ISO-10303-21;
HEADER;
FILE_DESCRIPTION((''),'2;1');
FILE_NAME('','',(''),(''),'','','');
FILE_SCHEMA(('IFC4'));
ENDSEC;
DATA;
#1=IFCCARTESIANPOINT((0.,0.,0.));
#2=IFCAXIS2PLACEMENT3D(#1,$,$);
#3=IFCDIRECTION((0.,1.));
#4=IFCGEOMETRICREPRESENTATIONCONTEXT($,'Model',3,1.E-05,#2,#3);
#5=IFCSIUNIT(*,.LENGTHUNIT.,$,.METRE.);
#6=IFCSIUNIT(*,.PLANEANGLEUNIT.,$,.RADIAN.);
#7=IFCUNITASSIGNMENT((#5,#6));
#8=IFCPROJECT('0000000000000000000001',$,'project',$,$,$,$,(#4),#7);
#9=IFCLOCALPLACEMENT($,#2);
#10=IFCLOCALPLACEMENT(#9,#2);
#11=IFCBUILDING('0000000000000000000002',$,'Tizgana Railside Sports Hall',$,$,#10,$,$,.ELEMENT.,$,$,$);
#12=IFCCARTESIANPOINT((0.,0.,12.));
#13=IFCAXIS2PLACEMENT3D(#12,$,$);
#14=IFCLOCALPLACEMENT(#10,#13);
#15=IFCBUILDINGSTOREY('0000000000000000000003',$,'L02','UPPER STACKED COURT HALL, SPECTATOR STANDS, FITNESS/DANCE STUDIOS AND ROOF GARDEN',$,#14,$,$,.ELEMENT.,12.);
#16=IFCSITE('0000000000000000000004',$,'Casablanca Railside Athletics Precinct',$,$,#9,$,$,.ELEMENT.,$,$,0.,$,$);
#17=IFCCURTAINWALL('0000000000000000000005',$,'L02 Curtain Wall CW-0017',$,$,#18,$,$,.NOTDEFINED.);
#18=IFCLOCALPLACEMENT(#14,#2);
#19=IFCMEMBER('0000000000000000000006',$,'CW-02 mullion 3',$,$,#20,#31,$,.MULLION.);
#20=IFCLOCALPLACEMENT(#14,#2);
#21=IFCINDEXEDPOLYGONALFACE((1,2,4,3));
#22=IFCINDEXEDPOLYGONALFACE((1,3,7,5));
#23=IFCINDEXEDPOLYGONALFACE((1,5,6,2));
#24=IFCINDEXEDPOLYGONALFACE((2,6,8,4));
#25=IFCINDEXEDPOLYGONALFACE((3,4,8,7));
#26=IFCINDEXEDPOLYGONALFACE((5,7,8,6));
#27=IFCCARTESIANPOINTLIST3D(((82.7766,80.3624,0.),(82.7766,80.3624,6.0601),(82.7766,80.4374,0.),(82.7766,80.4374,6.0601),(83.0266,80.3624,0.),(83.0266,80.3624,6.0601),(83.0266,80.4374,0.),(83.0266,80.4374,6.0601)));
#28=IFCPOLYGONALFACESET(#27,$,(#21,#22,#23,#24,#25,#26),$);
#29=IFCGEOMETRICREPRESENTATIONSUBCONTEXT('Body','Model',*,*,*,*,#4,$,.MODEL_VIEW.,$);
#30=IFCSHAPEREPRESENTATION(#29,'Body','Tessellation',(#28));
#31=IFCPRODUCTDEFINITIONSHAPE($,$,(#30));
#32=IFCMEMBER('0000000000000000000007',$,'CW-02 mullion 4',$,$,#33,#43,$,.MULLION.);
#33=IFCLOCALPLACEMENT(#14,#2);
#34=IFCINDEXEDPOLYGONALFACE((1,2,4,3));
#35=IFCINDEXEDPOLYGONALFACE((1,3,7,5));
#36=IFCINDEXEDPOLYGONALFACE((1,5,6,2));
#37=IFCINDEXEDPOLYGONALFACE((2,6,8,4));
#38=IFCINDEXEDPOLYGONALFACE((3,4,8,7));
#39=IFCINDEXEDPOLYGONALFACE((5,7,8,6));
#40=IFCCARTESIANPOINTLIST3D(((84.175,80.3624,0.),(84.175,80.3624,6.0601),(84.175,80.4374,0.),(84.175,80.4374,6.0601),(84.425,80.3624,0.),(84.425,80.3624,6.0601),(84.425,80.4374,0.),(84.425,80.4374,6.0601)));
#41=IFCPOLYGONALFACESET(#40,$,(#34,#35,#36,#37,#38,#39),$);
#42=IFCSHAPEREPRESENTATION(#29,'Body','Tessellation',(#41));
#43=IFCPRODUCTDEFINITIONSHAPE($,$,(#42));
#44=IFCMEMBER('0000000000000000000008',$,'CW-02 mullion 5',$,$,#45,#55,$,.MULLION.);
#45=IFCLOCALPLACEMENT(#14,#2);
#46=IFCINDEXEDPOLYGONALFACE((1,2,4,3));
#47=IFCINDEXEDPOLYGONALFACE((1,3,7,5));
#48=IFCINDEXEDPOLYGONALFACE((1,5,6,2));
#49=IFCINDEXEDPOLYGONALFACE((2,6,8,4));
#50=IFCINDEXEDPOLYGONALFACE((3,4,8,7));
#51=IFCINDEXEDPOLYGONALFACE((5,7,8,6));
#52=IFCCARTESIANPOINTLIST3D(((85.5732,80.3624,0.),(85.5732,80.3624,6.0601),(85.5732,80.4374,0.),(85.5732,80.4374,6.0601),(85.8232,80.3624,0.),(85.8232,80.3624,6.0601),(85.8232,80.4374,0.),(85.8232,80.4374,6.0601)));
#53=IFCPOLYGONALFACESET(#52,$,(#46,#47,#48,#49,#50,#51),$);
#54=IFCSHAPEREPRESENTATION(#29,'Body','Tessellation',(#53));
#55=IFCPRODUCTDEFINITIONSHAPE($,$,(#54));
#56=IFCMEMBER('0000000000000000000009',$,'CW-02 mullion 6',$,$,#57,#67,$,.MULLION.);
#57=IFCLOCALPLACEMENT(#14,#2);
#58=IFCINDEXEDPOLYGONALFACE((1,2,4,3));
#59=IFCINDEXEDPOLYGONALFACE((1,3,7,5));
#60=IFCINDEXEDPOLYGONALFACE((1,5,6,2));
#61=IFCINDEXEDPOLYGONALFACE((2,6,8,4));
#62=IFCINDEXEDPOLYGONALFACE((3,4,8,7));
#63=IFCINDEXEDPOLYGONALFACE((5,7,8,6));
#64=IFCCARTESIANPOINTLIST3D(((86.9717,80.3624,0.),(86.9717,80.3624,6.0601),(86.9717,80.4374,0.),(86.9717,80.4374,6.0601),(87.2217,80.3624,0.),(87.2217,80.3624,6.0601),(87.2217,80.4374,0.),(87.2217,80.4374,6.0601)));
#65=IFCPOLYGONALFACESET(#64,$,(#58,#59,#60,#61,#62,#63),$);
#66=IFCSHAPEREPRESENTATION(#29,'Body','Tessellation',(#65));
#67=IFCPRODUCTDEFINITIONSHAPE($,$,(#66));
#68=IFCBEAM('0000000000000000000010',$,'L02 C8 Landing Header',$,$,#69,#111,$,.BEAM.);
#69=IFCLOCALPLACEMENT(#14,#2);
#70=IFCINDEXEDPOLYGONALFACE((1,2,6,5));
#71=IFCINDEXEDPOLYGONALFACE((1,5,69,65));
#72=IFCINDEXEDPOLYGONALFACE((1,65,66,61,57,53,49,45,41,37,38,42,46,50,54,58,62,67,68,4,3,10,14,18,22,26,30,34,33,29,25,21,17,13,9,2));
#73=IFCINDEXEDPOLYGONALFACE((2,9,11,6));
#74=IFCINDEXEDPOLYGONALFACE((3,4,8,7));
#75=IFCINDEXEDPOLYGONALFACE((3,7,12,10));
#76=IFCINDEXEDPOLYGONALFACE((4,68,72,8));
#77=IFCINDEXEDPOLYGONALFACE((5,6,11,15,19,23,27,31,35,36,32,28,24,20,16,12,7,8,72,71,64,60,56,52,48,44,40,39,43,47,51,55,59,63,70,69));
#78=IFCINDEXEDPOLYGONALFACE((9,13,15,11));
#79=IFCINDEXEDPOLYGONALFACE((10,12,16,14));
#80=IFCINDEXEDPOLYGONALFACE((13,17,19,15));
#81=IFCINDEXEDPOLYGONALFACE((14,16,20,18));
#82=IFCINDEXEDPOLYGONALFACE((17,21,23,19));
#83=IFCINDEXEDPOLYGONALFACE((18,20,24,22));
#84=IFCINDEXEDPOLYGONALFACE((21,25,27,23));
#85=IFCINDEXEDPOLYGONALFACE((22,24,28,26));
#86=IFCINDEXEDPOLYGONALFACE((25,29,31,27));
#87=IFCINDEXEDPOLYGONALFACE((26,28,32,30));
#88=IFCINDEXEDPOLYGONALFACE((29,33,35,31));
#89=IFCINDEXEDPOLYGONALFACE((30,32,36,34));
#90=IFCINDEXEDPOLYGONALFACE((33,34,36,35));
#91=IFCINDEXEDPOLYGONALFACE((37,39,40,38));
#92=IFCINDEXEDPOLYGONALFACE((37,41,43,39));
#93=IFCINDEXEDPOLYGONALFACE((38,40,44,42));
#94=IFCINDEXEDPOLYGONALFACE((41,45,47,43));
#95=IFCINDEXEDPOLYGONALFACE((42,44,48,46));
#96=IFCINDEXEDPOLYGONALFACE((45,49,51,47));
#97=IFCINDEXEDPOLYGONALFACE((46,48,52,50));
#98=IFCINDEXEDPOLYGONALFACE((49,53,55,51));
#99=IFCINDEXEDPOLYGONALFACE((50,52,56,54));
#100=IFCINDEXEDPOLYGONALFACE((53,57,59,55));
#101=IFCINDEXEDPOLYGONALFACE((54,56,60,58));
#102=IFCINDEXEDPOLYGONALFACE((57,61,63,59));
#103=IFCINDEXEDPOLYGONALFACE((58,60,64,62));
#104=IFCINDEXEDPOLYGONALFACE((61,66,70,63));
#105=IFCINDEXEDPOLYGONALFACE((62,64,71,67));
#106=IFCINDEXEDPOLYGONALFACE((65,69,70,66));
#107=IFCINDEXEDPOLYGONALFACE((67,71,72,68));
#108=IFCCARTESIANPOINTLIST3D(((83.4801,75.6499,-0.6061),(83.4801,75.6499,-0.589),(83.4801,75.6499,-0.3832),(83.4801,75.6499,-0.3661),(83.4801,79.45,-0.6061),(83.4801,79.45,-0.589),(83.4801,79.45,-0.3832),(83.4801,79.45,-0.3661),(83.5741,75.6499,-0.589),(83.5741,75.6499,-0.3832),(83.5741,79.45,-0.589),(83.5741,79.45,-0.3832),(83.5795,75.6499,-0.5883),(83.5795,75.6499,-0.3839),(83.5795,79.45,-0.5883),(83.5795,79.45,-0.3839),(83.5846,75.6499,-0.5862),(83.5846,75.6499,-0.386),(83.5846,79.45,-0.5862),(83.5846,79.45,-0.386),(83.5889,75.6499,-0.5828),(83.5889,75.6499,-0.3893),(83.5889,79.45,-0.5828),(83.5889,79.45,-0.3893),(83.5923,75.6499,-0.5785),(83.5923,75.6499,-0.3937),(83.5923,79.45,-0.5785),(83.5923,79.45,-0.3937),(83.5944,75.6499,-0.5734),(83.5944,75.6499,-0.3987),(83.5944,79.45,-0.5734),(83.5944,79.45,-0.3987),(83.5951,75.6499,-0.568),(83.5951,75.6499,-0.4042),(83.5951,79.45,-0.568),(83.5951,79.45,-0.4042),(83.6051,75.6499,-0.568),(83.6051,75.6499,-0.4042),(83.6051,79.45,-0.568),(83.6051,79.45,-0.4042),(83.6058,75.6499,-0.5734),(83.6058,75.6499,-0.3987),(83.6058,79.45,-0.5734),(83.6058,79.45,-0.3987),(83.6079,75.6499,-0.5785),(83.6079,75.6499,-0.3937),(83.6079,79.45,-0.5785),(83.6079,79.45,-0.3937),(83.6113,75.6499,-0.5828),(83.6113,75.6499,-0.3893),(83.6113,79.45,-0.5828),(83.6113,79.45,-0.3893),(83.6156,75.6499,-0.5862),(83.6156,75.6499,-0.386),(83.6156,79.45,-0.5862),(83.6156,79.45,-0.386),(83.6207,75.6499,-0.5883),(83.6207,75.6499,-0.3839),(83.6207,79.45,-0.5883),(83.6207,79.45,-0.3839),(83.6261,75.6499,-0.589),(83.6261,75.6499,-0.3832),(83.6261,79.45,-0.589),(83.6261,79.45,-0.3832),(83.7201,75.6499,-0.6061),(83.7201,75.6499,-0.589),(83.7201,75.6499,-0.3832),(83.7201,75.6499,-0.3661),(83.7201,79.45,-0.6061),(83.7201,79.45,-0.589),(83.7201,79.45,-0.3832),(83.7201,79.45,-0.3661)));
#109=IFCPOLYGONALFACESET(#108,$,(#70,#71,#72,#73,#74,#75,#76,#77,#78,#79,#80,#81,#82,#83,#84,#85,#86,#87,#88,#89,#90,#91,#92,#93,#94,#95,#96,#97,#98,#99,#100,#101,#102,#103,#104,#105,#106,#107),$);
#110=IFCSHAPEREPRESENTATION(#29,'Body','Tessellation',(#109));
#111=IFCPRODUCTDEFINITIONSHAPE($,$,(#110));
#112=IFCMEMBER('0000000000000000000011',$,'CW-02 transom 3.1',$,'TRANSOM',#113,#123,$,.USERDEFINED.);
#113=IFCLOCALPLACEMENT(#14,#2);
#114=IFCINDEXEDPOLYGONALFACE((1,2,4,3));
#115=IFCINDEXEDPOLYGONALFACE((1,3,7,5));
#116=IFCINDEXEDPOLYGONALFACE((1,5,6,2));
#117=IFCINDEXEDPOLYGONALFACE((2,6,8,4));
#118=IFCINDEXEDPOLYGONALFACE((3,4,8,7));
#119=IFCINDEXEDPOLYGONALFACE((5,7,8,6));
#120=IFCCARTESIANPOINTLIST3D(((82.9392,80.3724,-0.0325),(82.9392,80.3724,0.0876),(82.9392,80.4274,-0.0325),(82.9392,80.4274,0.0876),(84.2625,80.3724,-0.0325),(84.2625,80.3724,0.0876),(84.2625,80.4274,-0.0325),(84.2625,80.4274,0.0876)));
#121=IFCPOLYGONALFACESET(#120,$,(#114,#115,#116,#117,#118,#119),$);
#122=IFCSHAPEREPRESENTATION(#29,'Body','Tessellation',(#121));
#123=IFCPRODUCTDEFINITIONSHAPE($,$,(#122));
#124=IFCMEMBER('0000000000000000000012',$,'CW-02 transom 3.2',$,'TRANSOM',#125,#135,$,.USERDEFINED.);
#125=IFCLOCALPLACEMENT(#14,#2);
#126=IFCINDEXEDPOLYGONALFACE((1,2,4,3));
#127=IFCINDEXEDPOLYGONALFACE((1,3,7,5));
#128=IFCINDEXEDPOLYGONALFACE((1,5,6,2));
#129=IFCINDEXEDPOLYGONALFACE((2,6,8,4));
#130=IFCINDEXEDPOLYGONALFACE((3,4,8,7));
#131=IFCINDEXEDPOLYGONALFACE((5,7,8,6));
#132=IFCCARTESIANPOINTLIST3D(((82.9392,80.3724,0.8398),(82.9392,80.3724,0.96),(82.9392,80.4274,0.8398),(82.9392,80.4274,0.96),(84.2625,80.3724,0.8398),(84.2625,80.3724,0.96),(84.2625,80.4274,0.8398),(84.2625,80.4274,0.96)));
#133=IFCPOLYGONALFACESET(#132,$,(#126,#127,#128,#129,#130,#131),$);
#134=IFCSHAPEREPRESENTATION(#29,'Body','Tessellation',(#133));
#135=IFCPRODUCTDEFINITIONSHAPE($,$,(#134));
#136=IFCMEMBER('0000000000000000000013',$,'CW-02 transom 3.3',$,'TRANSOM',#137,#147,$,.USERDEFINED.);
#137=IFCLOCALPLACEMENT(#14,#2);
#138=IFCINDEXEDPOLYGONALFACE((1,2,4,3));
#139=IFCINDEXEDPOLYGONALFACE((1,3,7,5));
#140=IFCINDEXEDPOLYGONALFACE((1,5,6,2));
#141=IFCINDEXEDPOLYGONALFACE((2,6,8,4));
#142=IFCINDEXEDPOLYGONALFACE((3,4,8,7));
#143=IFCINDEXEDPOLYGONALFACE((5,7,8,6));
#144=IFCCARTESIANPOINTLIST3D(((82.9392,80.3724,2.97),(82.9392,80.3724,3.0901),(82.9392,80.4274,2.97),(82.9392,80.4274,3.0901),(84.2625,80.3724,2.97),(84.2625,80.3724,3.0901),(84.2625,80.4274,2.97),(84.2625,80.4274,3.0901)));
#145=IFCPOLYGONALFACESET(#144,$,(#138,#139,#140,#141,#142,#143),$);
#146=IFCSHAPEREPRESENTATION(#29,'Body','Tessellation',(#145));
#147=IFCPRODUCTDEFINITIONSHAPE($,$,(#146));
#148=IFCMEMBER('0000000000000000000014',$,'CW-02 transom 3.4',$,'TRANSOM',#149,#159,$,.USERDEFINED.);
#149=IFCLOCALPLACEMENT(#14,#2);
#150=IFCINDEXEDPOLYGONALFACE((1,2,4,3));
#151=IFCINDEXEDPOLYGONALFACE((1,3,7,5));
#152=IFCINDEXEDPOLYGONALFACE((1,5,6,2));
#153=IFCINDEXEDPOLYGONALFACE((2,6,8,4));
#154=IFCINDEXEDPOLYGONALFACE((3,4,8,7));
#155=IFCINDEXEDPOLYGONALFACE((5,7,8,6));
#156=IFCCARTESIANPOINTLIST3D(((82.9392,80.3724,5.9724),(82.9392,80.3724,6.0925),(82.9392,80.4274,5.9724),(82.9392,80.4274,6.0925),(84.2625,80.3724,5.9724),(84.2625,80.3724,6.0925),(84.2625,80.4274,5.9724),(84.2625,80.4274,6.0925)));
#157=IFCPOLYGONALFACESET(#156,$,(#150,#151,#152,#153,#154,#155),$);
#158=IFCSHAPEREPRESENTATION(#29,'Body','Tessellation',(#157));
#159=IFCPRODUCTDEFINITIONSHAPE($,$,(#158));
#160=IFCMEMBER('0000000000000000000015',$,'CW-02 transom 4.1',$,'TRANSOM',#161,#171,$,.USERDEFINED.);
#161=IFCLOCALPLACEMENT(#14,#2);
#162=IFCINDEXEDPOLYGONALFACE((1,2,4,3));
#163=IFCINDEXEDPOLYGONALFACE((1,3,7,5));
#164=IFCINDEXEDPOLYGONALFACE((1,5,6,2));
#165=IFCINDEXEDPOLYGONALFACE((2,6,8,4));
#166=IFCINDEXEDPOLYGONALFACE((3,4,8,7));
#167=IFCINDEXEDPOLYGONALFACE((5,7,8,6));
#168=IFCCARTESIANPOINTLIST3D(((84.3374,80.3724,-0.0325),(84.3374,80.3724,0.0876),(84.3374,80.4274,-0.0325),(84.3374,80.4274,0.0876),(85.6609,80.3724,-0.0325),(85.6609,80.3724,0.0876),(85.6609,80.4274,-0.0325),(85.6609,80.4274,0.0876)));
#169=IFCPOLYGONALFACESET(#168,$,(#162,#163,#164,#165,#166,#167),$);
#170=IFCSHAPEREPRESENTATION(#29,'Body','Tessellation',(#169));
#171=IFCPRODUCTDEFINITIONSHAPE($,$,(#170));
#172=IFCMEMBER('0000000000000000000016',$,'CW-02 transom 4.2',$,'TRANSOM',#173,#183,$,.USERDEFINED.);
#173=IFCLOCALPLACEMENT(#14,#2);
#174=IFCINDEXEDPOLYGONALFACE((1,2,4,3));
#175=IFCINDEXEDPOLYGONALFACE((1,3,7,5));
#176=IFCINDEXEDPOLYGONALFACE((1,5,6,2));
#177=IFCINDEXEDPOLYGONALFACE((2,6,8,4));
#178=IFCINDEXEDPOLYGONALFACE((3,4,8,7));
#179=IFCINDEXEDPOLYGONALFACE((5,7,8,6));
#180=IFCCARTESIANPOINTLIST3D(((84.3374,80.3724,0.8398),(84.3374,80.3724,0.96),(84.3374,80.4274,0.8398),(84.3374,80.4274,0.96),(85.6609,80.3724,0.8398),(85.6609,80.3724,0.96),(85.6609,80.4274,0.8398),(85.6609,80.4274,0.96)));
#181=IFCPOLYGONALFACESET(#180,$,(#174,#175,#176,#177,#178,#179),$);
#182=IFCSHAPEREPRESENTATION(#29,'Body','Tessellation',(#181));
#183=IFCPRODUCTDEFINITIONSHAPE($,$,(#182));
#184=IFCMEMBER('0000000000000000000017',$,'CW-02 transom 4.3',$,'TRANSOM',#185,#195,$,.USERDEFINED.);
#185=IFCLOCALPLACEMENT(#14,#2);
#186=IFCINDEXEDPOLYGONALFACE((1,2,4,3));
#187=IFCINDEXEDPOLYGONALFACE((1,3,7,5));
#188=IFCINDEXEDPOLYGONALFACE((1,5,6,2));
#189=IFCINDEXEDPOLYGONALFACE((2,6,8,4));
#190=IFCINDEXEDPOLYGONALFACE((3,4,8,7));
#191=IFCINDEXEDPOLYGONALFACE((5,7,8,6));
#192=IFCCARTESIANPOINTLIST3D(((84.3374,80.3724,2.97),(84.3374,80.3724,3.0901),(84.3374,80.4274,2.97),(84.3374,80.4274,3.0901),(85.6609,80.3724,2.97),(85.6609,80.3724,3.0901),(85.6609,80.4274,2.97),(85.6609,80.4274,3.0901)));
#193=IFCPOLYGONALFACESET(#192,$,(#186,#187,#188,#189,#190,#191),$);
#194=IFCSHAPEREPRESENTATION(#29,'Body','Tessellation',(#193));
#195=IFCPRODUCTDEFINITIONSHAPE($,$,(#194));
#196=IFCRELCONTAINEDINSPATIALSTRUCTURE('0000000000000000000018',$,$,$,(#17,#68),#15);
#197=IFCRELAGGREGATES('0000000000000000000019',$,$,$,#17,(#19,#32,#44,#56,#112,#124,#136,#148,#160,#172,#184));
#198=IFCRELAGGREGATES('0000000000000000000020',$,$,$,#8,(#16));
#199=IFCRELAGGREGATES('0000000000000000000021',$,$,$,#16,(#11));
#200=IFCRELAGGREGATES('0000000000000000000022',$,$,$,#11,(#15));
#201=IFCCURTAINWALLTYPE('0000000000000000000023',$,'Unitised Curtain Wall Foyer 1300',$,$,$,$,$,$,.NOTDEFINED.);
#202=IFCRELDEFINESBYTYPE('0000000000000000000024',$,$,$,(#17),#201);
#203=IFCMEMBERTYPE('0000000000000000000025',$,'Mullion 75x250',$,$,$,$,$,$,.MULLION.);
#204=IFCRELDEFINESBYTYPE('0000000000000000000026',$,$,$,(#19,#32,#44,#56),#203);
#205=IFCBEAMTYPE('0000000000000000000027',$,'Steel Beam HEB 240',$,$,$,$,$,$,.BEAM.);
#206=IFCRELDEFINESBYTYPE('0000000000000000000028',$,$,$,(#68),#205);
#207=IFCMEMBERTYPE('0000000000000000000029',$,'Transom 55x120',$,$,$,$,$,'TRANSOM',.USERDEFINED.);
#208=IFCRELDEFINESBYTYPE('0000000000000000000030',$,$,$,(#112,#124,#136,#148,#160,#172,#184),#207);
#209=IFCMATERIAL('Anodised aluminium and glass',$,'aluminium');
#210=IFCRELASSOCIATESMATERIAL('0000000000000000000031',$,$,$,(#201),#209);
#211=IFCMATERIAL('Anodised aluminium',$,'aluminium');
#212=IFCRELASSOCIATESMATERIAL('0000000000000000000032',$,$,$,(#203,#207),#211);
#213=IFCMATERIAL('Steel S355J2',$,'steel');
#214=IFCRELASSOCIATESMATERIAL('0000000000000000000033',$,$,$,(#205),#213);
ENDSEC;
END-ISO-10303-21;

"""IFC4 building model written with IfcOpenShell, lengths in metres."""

from ifc_helpers import new_model, si_unit, direction, frame, origin, origin_2d, place, context, subcontext, project, spatial, rectangle, i_section, extrude, material, material_profile, profile_set, type_object, element, aggregate, save


model = new_model("IFC4")

# Units and contexts
model_context = context("Model", 3, precision=1e-05, world=origin(), true_north=direction((0.0, 1.0)))
body_context = subcontext(model_context, "Body", "Model", "MODEL_VIEW")
ifc_project = project(units=[si_unit("LENGTHUNIT", "METRE"), si_unit("PLANEANGLEUNIT", "RADIAN")], contexts=[model_context])

# Site, building, storey
site_placement = place(None, origin())
site = spatial("IfcSite", under=ifc_project, at=site_placement, Name="Casablanca Railside Athletics Precinct", CompositionType="ELEMENT", RefElevation=0.0)
building_placement = place(site_placement, origin())
building = spatial("IfcBuilding", under=site, at=building_placement, Name="Tizgana Railside Sports Hall", CompositionType="ELEMENT")
storey_placement = place(building_placement, frame((0.0, 0.0, 12.0)))
storey = spatial("IfcBuildingStorey", under=building, at=storey_placement, Name="L02", Description="UPPER STACKED COURT HALL, SPECTATOR STANDS, FITNESS/DANCE STUDIOS AND ROOF GARDEN", CompositionType="ELEMENT", Elevation=12.0)

# Curtain wall, members
ifc_material_1 = material(Name="Anodised aluminium and glass", Category="aluminium")
curtain_wall_type = type_object("IfcCurtainWallType", Name="Unitised Curtain Wall Foyer 1300", PredefinedType="NOTDEFINED", material=ifc_material_1)
curtain_wall_placement = place(storey_placement, origin())
curtain_wall = element("IfcCurtainWall", 1, at=curtain_wall_placement, inside=storey, type_object=curtain_wall_type, Name="L02 Curtain Wall CW-0017", PredefinedType="NOTDEFINED")
ifc_material_2 = material(Name="Anodised aluminium", Category="aluminium")
ifc_material_profile_1 = material_profile(ifc_material_2, rectangle(XDim=0.075, YDim=0.25, at=origin_2d()), Name="Mullion 75x250")
ifc_profile_set_1 = profile_set([ifc_material_profile_1], Name="Anodised aluminium")
member_type_1 = type_object("IfcMemberType", Name="Mullion 75x250", PredefinedType="MULLION", material=ifc_profile_set_1)
member_1_placement = place(storey_placement, frame((82.9016, 80.3999, 0.0), z_axis=(0.0, 0.0, 1.0), x_axis=(0.0, 1.0, 0.0)))
member_1 = element("IfcMember", 2, at=member_1_placement, type_object=member_type_1, Name="CW-02 mullion 3", PredefinedType="MULLION", context=body_context, shape_type="SweptSolid", body=[
    extrude(rectangle(XDim=0.075, YDim=0.25, at=origin_2d()), origin(), (0.0, 0.0, 1.0), 6.0601),
])
member_2_placement = place(storey_placement, frame((84.3, 80.3999, 0.0), z_axis=(0.0, 0.0, 1.0), x_axis=(0.0, 1.0, 0.0)))
member_2 = element("IfcMember", 3, at=member_2_placement, type_object=member_type_1, Name="CW-02 mullion 4", PredefinedType="MULLION", context=body_context, shape_type="SweptSolid", body=[
    extrude(rectangle(XDim=0.075, YDim=0.25, at=origin_2d()), origin(), (0.0, 0.0, 1.0), 6.0601),
])
member_3_placement = place(storey_placement, frame((85.6982, 80.3999, 0.0), z_axis=(0.0, 0.0, 1.0), x_axis=(0.0, 1.0, 0.0)))
member_3 = element("IfcMember", 4, at=member_3_placement, type_object=member_type_1, Name="CW-02 mullion 5", PredefinedType="MULLION", context=body_context, shape_type="SweptSolid", body=[
    extrude(rectangle(XDim=0.075, YDim=0.25, at=origin_2d()), origin(), (0.0, 0.0, 1.0), 6.0601),
])
member_4_placement = place(storey_placement, frame((87.0967, 80.3999, 0.0), z_axis=(0.0, 0.0, 1.0), x_axis=(0.0, 1.0, 0.0)))
member_4 = element("IfcMember", 5, at=member_4_placement, type_object=member_type_1, Name="CW-02 mullion 6", PredefinedType="MULLION", context=body_context, shape_type="SweptSolid", body=[
    extrude(rectangle(XDim=0.075, YDim=0.25, at=origin_2d()), origin(), (0.0, 0.0, 1.0), 6.0601),
])

# Beam
ifc_material_3 = material(Name="Steel S355J2", Category="steel")
ifc_material_profile_2 = material_profile(ifc_material_3, i_section(OverallWidth=0.24, OverallDepth=0.24, WebThickness=0.01, FlangeThickness=0.0171, FilletRadius=0.021, at=origin_2d()), Name="HEB 240")
ifc_profile_set_2 = profile_set([ifc_material_profile_2], Name="Steel S355J2")
beam_type = type_object("IfcBeamType", Name="Steel Beam HEB 240", PredefinedType="BEAM", material=ifc_profile_set_2)
beam_placement = place(storey_placement, frame((83.6001, 75.6499, -0.4861), z_axis=(0.0, 1.0, 0.0), x_axis=(-1.0, 0.0, 0.0)))
element("IfcBeam", 6, at=beam_placement, inside=storey, type_object=beam_type, Name="L02 C8 Landing Header", PredefinedType="BEAM", context=body_context, shape_type="SweptSolid", body=[
    extrude(i_section(OverallWidth=0.24, OverallDepth=0.24, WebThickness=0.01, FlangeThickness=0.0171, FilletRadius=0.021, at=origin_2d()), origin(), (0.0, 0.0, 1.0), 3.8),
])

# Members
ifc_material_profile_3 = material_profile(ifc_material_2, rectangle(XDim=0.0549, YDim=0.1201, at=origin_2d()), Name="Transom 55x120")
ifc_profile_set_3 = profile_set([ifc_material_profile_3], Name="Anodised aluminium")
member_type_2 = type_object("IfcMemberType", Name="Transom 55x120", ElementType="TRANSOM", PredefinedType="USERDEFINED", material=ifc_profile_set_3)
member_5_placement = place(storey_placement, frame((82.9392, 80.3999, 0.0276), z_axis=(1.0, 0.0, 0.0), x_axis=(0.0, 1.0, 0.0)))
member_5 = element("IfcMember", 7, at=member_5_placement, type_object=member_type_2, Name="CW-02 transom 3.1", ObjectType="TRANSOM", PredefinedType="USERDEFINED", context=body_context, shape_type="SweptSolid", body=[
    extrude(rectangle(XDim=0.0549, YDim=0.1201, at=origin_2d()), origin(), (0.0, 0.0, 1.0), 1.3232),
])
member_6_placement = place(storey_placement, frame((82.9392, 80.3999, 0.8999), z_axis=(1.0, 0.0, 0.0), x_axis=(0.0, 1.0, 0.0)))
member_6 = element("IfcMember", 8, at=member_6_placement, type_object=member_type_2, Name="CW-02 transom 3.2", ObjectType="TRANSOM", PredefinedType="USERDEFINED", context=body_context, shape_type="SweptSolid", body=[
    extrude(rectangle(XDim=0.0549, YDim=0.1201, at=origin_2d()), origin(), (0.0, 0.0, 1.0), 1.3232),
])
member_7_placement = place(storey_placement, frame((82.9392, 80.3999, 3.03), z_axis=(1.0, 0.0, 0.0), x_axis=(0.0, 1.0, 0.0)))
member_7 = element("IfcMember", 9, at=member_7_placement, type_object=member_type_2, Name="CW-02 transom 3.3", ObjectType="TRANSOM", PredefinedType="USERDEFINED", context=body_context, shape_type="SweptSolid", body=[
    extrude(rectangle(XDim=0.0549, YDim=0.1201, at=origin_2d()), origin(), (0.0, 0.0, 1.0), 1.3232),
])
member_8_placement = place(storey_placement, frame((82.9392, 80.3999, 6.0325), z_axis=(1.0, 0.0, 0.0), x_axis=(0.0, 1.0, 0.0)))
member_8 = element("IfcMember", 10, at=member_8_placement, type_object=member_type_2, Name="CW-02 transom 3.4", ObjectType="TRANSOM", PredefinedType="USERDEFINED", context=body_context, shape_type="SweptSolid", body=[
    extrude(rectangle(XDim=0.0549, YDim=0.1201, at=origin_2d()), origin(), (0.0, 0.0, 1.0), 1.3232),
])
member_9_placement = place(storey_placement, frame((84.3374, 80.3999, 0.0276), z_axis=(1.0, 0.0, 0.0), x_axis=(0.0, 1.0, 0.0)))
member_9 = element("IfcMember", 11, at=member_9_placement, type_object=member_type_2, Name="CW-02 transom 4.1", ObjectType="TRANSOM", PredefinedType="USERDEFINED", context=body_context, shape_type="SweptSolid", body=[
    extrude(rectangle(XDim=0.0549, YDim=0.1201, at=origin_2d()), origin(), (0.0, 0.0, 1.0), 1.3235),
])
member_10_placement = place(storey_placement, frame((84.3374, 80.3999, 0.8999), z_axis=(1.0, 0.0, 0.0), x_axis=(0.0, 1.0, 0.0)))
member_10 = element("IfcMember", 12, at=member_10_placement, type_object=member_type_2, Name="CW-02 transom 4.2", ObjectType="TRANSOM", PredefinedType="USERDEFINED", context=body_context, shape_type="SweptSolid", body=[
    extrude(rectangle(XDim=0.0549, YDim=0.1201, at=origin_2d()), origin(), (0.0, 0.0, 1.0), 1.3235),
])
member_11_placement = place(storey_placement, frame((84.3374, 80.3999, 3.03), z_axis=(1.0, 0.0, 0.0), x_axis=(0.0, 1.0, 0.0)))
member_11 = element("IfcMember", 13, at=member_11_placement, type_object=member_type_2, Name="CW-02 transom 4.3", ObjectType="TRANSOM", PredefinedType="USERDEFINED", context=body_context, shape_type="SweptSolid", body=[
    extrude(rectangle(XDim=0.0549, YDim=0.1201, at=origin_2d()), origin(), (0.0, 0.0, 1.0), 1.3235),
])

aggregate(curtain_wall, [member_1, member_2, member_3, member_4, member_5, member_6, member_7, member_8, member_9, member_10, member_11])

save(model, "model.ifc")
